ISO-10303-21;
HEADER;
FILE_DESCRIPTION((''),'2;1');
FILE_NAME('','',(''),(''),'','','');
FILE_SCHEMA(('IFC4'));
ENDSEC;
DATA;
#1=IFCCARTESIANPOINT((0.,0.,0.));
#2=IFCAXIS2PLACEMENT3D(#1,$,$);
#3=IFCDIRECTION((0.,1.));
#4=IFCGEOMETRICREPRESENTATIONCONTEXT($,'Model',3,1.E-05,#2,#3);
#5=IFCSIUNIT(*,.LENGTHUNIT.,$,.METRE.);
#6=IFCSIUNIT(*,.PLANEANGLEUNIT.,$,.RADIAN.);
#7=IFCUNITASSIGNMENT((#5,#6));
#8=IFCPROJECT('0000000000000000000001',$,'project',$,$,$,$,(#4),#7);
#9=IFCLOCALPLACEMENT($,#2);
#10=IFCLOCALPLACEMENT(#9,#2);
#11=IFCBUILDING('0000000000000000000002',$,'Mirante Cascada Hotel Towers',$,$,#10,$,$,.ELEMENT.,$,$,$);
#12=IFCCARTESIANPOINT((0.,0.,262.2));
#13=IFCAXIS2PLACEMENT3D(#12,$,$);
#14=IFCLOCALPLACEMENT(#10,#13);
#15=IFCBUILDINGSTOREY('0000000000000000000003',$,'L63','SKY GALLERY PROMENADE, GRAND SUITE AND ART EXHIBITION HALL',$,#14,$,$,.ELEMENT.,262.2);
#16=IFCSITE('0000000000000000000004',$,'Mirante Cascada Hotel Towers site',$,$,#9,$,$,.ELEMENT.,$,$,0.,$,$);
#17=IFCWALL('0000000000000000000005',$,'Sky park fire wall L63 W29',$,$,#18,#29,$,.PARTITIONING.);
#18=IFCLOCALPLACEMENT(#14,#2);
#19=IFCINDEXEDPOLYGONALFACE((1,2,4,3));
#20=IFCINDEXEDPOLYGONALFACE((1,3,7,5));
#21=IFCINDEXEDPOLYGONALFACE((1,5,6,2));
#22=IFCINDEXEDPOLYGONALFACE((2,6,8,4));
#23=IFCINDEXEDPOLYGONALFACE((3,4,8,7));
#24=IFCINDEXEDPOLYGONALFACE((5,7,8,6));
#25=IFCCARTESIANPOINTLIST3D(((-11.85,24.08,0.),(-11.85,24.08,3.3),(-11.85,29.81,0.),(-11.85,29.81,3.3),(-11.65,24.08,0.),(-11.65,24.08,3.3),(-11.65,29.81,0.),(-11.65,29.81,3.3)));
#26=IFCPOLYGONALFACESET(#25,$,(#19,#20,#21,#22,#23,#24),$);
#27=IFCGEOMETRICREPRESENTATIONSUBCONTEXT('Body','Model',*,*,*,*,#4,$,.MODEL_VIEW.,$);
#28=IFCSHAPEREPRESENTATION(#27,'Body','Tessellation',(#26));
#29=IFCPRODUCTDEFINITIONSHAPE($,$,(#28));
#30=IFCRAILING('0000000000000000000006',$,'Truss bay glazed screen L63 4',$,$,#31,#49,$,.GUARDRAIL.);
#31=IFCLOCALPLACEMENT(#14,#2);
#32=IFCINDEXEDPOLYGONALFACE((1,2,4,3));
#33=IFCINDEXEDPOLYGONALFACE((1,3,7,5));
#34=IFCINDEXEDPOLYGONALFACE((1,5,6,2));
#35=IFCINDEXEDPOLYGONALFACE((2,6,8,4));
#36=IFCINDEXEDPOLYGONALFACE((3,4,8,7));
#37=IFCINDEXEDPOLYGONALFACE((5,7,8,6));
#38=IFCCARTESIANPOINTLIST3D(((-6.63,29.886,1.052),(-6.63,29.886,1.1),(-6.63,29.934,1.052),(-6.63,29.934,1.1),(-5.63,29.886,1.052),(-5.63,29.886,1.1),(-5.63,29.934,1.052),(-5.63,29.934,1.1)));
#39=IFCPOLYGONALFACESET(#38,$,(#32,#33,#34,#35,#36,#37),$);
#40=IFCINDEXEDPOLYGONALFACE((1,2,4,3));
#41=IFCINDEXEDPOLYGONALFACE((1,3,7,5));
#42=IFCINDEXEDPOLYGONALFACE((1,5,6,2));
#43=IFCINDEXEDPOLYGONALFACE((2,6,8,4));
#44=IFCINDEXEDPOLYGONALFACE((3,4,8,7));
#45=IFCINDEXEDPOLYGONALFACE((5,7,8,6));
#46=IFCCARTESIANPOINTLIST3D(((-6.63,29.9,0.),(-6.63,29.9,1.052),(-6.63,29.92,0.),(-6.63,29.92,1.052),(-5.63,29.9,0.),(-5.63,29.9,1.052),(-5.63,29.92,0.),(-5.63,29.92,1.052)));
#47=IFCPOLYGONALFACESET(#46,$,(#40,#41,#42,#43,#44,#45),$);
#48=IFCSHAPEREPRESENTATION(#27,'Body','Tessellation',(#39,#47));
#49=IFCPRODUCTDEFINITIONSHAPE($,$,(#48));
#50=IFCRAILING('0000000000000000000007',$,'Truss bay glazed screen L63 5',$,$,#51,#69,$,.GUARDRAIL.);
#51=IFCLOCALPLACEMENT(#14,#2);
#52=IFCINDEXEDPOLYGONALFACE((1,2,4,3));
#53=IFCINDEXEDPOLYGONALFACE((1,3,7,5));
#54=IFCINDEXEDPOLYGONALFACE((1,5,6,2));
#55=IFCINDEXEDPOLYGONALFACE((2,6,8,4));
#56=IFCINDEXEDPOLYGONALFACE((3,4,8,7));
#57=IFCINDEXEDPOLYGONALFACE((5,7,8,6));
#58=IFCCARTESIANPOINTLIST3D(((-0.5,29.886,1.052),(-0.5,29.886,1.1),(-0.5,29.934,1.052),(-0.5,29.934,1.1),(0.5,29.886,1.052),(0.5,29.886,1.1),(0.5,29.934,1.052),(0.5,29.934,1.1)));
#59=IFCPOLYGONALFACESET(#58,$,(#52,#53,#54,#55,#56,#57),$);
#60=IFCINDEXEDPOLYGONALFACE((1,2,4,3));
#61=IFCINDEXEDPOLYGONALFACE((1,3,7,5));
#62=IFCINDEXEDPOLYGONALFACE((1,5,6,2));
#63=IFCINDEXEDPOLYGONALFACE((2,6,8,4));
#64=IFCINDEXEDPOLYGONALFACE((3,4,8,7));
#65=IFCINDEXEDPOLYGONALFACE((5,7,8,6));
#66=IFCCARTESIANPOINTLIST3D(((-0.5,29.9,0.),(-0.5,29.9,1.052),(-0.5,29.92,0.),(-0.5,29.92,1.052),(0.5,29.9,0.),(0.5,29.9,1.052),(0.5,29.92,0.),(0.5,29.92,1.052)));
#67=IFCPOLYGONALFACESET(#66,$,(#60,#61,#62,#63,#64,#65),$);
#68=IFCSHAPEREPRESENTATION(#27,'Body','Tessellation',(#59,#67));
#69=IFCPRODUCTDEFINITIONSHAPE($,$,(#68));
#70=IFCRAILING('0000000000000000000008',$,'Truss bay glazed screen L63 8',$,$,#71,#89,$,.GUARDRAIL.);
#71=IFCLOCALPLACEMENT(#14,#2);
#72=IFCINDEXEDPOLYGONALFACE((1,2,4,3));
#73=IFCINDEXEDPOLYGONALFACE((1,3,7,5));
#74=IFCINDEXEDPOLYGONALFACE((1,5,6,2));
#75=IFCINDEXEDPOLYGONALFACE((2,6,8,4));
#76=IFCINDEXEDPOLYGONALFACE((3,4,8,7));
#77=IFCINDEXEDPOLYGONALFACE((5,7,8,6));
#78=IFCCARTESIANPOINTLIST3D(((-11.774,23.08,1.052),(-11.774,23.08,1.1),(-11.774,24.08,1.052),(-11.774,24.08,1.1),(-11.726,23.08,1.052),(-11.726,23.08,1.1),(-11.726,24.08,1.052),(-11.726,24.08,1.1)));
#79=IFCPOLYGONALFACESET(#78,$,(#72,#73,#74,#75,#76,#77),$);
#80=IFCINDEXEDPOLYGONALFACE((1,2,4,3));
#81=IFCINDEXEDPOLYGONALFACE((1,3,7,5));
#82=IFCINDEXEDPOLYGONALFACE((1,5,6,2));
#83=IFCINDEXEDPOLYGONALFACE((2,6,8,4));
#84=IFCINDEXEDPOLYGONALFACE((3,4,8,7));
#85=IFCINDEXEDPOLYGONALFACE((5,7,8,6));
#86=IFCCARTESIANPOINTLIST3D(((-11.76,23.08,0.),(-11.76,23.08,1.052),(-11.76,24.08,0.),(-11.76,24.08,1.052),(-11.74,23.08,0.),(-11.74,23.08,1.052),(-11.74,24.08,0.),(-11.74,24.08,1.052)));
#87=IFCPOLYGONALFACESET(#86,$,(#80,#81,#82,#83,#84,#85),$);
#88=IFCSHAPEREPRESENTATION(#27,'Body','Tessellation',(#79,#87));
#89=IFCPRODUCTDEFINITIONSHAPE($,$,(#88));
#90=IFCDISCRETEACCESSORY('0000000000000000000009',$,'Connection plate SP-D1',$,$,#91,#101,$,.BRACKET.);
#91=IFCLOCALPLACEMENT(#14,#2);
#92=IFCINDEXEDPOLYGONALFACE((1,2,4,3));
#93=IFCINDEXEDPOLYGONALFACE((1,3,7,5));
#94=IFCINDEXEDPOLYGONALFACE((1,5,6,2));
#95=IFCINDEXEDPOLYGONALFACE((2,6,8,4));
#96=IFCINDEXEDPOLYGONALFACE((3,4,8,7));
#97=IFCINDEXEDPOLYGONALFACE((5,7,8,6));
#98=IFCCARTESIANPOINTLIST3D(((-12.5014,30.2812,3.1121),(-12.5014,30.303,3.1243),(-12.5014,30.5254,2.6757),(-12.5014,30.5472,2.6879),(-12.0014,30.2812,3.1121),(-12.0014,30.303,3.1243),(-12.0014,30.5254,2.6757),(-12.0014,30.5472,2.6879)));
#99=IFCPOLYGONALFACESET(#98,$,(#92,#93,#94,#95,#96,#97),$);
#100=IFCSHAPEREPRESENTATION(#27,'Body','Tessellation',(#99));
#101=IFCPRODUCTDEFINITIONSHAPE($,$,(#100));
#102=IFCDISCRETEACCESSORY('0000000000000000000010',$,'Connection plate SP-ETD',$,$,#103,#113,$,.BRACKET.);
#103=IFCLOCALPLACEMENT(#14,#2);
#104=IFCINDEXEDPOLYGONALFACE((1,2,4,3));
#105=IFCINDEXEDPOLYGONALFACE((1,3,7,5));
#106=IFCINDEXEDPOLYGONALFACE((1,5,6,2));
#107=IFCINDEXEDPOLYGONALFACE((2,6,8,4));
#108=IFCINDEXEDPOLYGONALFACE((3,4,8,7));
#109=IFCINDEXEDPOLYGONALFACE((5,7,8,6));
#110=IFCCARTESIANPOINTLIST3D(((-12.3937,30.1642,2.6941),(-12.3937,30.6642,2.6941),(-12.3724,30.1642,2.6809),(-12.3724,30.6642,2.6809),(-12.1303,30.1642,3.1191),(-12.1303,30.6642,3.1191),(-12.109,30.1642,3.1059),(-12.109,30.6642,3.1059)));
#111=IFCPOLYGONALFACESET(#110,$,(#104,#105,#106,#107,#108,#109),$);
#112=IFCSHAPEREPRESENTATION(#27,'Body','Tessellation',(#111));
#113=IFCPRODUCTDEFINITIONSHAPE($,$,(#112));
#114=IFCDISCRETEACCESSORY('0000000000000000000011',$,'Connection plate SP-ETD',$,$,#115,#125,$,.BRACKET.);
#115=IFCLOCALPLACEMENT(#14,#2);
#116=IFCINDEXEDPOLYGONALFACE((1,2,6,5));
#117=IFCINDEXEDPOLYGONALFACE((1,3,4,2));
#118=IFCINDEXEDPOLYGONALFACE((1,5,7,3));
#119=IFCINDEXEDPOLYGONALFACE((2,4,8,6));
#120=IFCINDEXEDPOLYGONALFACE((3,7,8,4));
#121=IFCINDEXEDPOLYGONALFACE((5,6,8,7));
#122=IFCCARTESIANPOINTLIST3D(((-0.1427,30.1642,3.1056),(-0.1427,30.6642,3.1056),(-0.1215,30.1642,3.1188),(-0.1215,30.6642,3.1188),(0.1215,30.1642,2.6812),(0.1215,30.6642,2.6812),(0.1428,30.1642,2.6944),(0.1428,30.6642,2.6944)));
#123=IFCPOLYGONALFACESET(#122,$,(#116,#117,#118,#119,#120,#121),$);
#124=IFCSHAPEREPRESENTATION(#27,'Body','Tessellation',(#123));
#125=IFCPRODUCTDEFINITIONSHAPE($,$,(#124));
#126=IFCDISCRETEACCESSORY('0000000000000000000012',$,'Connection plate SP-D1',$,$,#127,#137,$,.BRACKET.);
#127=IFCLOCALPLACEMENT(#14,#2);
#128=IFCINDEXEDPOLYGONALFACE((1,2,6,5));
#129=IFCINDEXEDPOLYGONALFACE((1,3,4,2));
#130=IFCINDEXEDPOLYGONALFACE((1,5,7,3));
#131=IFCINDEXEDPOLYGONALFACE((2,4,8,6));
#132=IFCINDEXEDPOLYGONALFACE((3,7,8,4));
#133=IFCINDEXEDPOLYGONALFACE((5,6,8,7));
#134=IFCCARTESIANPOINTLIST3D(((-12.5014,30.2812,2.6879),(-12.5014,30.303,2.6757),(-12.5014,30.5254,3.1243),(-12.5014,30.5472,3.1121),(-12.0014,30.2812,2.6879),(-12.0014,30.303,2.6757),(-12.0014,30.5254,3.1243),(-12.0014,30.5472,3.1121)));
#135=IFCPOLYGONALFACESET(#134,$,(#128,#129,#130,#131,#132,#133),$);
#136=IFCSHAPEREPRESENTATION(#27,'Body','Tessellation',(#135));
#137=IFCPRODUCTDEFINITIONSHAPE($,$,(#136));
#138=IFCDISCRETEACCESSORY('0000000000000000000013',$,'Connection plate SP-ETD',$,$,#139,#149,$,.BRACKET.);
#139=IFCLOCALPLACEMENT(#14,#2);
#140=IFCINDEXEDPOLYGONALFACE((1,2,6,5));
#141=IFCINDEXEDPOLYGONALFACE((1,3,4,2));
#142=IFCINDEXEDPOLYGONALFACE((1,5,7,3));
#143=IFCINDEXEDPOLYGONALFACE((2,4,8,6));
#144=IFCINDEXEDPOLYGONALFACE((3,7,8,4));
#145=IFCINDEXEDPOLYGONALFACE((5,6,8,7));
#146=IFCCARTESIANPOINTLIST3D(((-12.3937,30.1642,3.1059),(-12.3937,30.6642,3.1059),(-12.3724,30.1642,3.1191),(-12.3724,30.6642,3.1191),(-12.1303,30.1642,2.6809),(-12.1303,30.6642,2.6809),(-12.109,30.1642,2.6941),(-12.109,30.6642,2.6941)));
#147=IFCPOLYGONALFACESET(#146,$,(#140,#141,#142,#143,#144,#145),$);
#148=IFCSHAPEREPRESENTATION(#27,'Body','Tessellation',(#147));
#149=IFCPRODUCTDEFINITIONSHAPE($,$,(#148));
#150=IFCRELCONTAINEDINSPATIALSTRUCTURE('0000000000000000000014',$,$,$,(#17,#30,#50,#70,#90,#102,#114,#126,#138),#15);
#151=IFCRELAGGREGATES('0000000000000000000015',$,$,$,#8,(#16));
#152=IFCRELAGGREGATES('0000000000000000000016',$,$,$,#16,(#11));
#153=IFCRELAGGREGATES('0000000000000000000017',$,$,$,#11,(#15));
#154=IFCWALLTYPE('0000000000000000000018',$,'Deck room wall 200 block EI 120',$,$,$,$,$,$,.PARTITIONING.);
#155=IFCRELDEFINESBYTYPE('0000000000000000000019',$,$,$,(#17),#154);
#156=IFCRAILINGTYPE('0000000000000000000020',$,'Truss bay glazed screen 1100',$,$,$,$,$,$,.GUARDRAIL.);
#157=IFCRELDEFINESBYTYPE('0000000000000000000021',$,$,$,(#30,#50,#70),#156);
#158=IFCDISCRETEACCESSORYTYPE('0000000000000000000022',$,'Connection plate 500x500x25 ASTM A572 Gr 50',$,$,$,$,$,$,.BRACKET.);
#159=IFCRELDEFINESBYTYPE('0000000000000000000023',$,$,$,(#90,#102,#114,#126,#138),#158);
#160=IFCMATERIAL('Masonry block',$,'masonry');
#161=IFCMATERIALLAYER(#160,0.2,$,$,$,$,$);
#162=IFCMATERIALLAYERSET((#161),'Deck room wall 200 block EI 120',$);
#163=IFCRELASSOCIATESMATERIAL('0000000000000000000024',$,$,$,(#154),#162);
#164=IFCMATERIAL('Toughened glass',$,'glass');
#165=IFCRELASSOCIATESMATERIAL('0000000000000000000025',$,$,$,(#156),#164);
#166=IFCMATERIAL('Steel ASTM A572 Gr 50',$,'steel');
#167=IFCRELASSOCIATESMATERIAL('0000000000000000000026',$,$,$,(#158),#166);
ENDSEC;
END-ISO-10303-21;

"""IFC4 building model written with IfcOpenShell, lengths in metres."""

from ifc_helpers import new_model, si_unit, direction, frame, frame_2d, origin, origin_2d, place, context, subcontext, project, spatial, rectangle, extrude, material, layer, layer_set, material_profile, profile_set, type_object, element, save


model = new_model("IFC4")

# Units and contexts
model_context = context("Model", 3, precision=1e-05, world=origin(), true_north=direction((0.0, 1.0)))
body_context = subcontext(model_context, "Body", "Model", "MODEL_VIEW")
ifc_project = project(units=[si_unit("LENGTHUNIT", "METRE"), si_unit("PLANEANGLEUNIT", "RADIAN")], contexts=[model_context])

# Site, building, storey
site_placement = place(None, origin())
site = spatial("IfcSite", under=ifc_project, at=site_placement, Name="Mirante Cascada Hotel Towers site", CompositionType="ELEMENT", RefElevation=0.0)
building_placement = place(site_placement, origin())
building = spatial("IfcBuilding", under=site, at=building_placement, Name="Mirante Cascada Hotel Towers", CompositionType="ELEMENT")
storey_placement = place(building_placement, frame((0.0, 0.0, 262.2)))
storey = spatial("IfcBuildingStorey", under=building, at=storey_placement, Name="L63", Description="SKY GALLERY PROMENADE, GRAND SUITE AND ART EXHIBITION HALL", CompositionType="ELEMENT", Elevation=262.2)

# Wall
ifc_material_1 = material(Name="Masonry block", Category="masonry")
ifc_layer_1 = layer(ifc_material_1, 0.2)
ifc_layer_set_1 = layer_set([ifc_layer_1], Name="Deck room wall 200 block EI 120")
wall_type = type_object("IfcWallType", Name="Deck room wall 200 block EI 120", PredefinedType="PARTITIONING", material=ifc_layer_set_1)
wall_1_placement = place(storey_placement, frame((-11.75, 24.08, 0.0), z_axis=(0.0, 0.0, 1.0), x_axis=(0.0, 1.0, 0.0)))
element("IfcWall", 1, at=wall_1_placement, inside=storey, type_object=wall_type, Name="Sky park fire wall L63 W29", PredefinedType="PARTITIONING", context=body_context, shape_type="SweptSolid", body=[
    extrude(rectangle(XDim=5.73, YDim=0.2, at=frame_2d((2.865, 0.0))), origin(), (0.0, 0.0, 1.0), 3.3),
])

# Railings
ifc_material_2 = material(Name="Toughened glass", Category="glass")
railing_type = type_object("IfcRailingType", Name="Truss bay glazed screen 1100", PredefinedType="GUARDRAIL", material=ifc_material_2)
for number, where, name in (
    (2, (-6.63, 29.91, 0.0), "Truss bay glazed screen L63 4"),
    (3, (-0.5, 29.91, 0.0), "Truss bay glazed screen L63 5"),
):
    element("IfcRailing", number, at=place(storey_placement, frame(where)), inside=storey, type_object=railing_type, Name=name, PredefinedType="GUARDRAIL", context=body_context, shape_type="SweptSolid", body=[
        extrude(rectangle(XDim=0.048, YDim=0.048, at=origin_2d()), frame((0.0, 0.0, 1.076), z_axis=(1.0, 0.0, 0.0), x_axis=(0.0, 1.0, 0.0)), (0.0, 0.0, 1.0), 1.0),
        extrude(rectangle(XDim=0.02, YDim=1.052, at=origin_2d()), frame((0.0, 0.0, 0.526), z_axis=(1.0, 0.0, 0.0), x_axis=(0.0, 1.0, 0.0)), (0.0, 0.0, 1.0), 1.0),
    ])
railing_placement = place(storey_placement, frame((-11.75, 23.08, 0.0)))
element("IfcRailing", 4, at=railing_placement, inside=storey, type_object=railing_type, Name="Truss bay glazed screen L63 8", PredefinedType="GUARDRAIL", context=body_context, shape_type="SweptSolid", body=[
    extrude(rectangle(XDim=0.048, YDim=0.048, at=origin_2d()), frame((0.0, 0.0, 1.076), z_axis=(0.0, 1.0, 0.0), x_axis=(-1.0, 0.0, 0.0)), (0.0, 0.0, 1.0), 1.0),
    extrude(rectangle(XDim=0.02, YDim=1.052, at=origin_2d()), frame((0.0, 0.0, 0.526), z_axis=(0.0, 1.0, 0.0), x_axis=(-1.0, 0.0, 0.0)), (0.0, 0.0, 1.0), 1.0),
])

# Discrete accessories
ifc_material_3 = material(Name="Steel ASTM A572 Gr 50", Category="steel")
ifc_material_profile_1 = material_profile(ifc_material_3, rectangle(XDim=0.5, YDim=0.5, at=origin_2d()), Name="Connection plate 500x500x25 ASTM A572 Gr 50")
ifc_profile_set_1 = profile_set([ifc_material_profile_1], Name="Steel ASTM A572 Gr 50")
discrete_accessory_type = type_object("IfcDiscreteAccessoryType", Name="Connection plate 500x500x25 ASTM A572 Gr 50", PredefinedType="BRACKET", material=ifc_profile_set_1)
discrete_accessory_1_placement = place(storey_placement, frame((-12.2514, 30.4033, 2.8939), z_axis=(0.0, 0.872642, 0.48836), x_axis=(-1.0, 0.0, 0.0)))
element("IfcDiscreteAccessory", 5, at=discrete_accessory_1_placement, inside=storey, type_object=discrete_accessory_type, Name="Connection plate SP-D1", PredefinedType="BRACKET", context=body_context, shape_type="SweptSolid", body=[
    extrude(rectangle(XDim=0.5, YDim=0.5, at=origin_2d()), origin(), (0.0, 0.0, 1.0), 0.025),
])
discrete_accessory_2_placement = place(storey_placement, frame((-12.2407, 30.4142, 2.8934), z_axis=(-0.85001, 0.0, 0.526767), x_axis=(0.0, -1.0, 0.0)))
element("IfcDiscreteAccessory", 6, at=discrete_accessory_2_placement, inside=storey, type_object=discrete_accessory_type, Name="Connection plate SP-ETD", PredefinedType="BRACKET", context=body_context, shape_type="SweptSolid", body=[
    extrude(rectangle(XDim=0.5, YDim=0.5, at=origin_2d()), origin(), (0.0, 0.0, 1.0), 0.0251),
])
for number, where, z_axis, x_axis, name in (
    (7, (-0.0106, 30.4142, 2.8934), (0.848897, 0.0, 0.528559), (0.0, 1.0, 0.0), "Connection plate SP-ETD"),
    (8, (-12.2514, 30.4251, 2.8939), (0.0, -0.872642, 0.48836), (1.0, 0.0, 0.0), "Connection plate SP-D1"),
):
    element("IfcDiscreteAccessory", number, at=place(storey_placement, frame(where, z_axis=z_axis, x_axis=x_axis)), inside=storey, type_object=discrete_accessory_type, Name=name, PredefinedType="BRACKET", context=body_context, shape_type="SweptSolid", body=[
        extrude(rectangle(XDim=0.5, YDim=0.5, at=origin_2d()), origin(), (0.0, 0.0, 1.0), 0.025),
    ])
discrete_accessory_3_placement = place(storey_placement, frame((-12.262, 30.4142, 2.8934), z_axis=(0.85001, 0.0, 0.526767), x_axis=(0.0, 1.0, 0.0)))
element("IfcDiscreteAccessory", 9, at=discrete_accessory_3_placement, inside=storey, type_object=discrete_accessory_type, Name="Connection plate SP-ETD", PredefinedType="BRACKET", context=body_context, shape_type="SweptSolid", body=[
    extrude(rectangle(XDim=0.5, YDim=0.5, at=origin_2d()), origin(), (0.0, 0.0, 1.0), 0.0251),
])

save(model, "model.ifc")
